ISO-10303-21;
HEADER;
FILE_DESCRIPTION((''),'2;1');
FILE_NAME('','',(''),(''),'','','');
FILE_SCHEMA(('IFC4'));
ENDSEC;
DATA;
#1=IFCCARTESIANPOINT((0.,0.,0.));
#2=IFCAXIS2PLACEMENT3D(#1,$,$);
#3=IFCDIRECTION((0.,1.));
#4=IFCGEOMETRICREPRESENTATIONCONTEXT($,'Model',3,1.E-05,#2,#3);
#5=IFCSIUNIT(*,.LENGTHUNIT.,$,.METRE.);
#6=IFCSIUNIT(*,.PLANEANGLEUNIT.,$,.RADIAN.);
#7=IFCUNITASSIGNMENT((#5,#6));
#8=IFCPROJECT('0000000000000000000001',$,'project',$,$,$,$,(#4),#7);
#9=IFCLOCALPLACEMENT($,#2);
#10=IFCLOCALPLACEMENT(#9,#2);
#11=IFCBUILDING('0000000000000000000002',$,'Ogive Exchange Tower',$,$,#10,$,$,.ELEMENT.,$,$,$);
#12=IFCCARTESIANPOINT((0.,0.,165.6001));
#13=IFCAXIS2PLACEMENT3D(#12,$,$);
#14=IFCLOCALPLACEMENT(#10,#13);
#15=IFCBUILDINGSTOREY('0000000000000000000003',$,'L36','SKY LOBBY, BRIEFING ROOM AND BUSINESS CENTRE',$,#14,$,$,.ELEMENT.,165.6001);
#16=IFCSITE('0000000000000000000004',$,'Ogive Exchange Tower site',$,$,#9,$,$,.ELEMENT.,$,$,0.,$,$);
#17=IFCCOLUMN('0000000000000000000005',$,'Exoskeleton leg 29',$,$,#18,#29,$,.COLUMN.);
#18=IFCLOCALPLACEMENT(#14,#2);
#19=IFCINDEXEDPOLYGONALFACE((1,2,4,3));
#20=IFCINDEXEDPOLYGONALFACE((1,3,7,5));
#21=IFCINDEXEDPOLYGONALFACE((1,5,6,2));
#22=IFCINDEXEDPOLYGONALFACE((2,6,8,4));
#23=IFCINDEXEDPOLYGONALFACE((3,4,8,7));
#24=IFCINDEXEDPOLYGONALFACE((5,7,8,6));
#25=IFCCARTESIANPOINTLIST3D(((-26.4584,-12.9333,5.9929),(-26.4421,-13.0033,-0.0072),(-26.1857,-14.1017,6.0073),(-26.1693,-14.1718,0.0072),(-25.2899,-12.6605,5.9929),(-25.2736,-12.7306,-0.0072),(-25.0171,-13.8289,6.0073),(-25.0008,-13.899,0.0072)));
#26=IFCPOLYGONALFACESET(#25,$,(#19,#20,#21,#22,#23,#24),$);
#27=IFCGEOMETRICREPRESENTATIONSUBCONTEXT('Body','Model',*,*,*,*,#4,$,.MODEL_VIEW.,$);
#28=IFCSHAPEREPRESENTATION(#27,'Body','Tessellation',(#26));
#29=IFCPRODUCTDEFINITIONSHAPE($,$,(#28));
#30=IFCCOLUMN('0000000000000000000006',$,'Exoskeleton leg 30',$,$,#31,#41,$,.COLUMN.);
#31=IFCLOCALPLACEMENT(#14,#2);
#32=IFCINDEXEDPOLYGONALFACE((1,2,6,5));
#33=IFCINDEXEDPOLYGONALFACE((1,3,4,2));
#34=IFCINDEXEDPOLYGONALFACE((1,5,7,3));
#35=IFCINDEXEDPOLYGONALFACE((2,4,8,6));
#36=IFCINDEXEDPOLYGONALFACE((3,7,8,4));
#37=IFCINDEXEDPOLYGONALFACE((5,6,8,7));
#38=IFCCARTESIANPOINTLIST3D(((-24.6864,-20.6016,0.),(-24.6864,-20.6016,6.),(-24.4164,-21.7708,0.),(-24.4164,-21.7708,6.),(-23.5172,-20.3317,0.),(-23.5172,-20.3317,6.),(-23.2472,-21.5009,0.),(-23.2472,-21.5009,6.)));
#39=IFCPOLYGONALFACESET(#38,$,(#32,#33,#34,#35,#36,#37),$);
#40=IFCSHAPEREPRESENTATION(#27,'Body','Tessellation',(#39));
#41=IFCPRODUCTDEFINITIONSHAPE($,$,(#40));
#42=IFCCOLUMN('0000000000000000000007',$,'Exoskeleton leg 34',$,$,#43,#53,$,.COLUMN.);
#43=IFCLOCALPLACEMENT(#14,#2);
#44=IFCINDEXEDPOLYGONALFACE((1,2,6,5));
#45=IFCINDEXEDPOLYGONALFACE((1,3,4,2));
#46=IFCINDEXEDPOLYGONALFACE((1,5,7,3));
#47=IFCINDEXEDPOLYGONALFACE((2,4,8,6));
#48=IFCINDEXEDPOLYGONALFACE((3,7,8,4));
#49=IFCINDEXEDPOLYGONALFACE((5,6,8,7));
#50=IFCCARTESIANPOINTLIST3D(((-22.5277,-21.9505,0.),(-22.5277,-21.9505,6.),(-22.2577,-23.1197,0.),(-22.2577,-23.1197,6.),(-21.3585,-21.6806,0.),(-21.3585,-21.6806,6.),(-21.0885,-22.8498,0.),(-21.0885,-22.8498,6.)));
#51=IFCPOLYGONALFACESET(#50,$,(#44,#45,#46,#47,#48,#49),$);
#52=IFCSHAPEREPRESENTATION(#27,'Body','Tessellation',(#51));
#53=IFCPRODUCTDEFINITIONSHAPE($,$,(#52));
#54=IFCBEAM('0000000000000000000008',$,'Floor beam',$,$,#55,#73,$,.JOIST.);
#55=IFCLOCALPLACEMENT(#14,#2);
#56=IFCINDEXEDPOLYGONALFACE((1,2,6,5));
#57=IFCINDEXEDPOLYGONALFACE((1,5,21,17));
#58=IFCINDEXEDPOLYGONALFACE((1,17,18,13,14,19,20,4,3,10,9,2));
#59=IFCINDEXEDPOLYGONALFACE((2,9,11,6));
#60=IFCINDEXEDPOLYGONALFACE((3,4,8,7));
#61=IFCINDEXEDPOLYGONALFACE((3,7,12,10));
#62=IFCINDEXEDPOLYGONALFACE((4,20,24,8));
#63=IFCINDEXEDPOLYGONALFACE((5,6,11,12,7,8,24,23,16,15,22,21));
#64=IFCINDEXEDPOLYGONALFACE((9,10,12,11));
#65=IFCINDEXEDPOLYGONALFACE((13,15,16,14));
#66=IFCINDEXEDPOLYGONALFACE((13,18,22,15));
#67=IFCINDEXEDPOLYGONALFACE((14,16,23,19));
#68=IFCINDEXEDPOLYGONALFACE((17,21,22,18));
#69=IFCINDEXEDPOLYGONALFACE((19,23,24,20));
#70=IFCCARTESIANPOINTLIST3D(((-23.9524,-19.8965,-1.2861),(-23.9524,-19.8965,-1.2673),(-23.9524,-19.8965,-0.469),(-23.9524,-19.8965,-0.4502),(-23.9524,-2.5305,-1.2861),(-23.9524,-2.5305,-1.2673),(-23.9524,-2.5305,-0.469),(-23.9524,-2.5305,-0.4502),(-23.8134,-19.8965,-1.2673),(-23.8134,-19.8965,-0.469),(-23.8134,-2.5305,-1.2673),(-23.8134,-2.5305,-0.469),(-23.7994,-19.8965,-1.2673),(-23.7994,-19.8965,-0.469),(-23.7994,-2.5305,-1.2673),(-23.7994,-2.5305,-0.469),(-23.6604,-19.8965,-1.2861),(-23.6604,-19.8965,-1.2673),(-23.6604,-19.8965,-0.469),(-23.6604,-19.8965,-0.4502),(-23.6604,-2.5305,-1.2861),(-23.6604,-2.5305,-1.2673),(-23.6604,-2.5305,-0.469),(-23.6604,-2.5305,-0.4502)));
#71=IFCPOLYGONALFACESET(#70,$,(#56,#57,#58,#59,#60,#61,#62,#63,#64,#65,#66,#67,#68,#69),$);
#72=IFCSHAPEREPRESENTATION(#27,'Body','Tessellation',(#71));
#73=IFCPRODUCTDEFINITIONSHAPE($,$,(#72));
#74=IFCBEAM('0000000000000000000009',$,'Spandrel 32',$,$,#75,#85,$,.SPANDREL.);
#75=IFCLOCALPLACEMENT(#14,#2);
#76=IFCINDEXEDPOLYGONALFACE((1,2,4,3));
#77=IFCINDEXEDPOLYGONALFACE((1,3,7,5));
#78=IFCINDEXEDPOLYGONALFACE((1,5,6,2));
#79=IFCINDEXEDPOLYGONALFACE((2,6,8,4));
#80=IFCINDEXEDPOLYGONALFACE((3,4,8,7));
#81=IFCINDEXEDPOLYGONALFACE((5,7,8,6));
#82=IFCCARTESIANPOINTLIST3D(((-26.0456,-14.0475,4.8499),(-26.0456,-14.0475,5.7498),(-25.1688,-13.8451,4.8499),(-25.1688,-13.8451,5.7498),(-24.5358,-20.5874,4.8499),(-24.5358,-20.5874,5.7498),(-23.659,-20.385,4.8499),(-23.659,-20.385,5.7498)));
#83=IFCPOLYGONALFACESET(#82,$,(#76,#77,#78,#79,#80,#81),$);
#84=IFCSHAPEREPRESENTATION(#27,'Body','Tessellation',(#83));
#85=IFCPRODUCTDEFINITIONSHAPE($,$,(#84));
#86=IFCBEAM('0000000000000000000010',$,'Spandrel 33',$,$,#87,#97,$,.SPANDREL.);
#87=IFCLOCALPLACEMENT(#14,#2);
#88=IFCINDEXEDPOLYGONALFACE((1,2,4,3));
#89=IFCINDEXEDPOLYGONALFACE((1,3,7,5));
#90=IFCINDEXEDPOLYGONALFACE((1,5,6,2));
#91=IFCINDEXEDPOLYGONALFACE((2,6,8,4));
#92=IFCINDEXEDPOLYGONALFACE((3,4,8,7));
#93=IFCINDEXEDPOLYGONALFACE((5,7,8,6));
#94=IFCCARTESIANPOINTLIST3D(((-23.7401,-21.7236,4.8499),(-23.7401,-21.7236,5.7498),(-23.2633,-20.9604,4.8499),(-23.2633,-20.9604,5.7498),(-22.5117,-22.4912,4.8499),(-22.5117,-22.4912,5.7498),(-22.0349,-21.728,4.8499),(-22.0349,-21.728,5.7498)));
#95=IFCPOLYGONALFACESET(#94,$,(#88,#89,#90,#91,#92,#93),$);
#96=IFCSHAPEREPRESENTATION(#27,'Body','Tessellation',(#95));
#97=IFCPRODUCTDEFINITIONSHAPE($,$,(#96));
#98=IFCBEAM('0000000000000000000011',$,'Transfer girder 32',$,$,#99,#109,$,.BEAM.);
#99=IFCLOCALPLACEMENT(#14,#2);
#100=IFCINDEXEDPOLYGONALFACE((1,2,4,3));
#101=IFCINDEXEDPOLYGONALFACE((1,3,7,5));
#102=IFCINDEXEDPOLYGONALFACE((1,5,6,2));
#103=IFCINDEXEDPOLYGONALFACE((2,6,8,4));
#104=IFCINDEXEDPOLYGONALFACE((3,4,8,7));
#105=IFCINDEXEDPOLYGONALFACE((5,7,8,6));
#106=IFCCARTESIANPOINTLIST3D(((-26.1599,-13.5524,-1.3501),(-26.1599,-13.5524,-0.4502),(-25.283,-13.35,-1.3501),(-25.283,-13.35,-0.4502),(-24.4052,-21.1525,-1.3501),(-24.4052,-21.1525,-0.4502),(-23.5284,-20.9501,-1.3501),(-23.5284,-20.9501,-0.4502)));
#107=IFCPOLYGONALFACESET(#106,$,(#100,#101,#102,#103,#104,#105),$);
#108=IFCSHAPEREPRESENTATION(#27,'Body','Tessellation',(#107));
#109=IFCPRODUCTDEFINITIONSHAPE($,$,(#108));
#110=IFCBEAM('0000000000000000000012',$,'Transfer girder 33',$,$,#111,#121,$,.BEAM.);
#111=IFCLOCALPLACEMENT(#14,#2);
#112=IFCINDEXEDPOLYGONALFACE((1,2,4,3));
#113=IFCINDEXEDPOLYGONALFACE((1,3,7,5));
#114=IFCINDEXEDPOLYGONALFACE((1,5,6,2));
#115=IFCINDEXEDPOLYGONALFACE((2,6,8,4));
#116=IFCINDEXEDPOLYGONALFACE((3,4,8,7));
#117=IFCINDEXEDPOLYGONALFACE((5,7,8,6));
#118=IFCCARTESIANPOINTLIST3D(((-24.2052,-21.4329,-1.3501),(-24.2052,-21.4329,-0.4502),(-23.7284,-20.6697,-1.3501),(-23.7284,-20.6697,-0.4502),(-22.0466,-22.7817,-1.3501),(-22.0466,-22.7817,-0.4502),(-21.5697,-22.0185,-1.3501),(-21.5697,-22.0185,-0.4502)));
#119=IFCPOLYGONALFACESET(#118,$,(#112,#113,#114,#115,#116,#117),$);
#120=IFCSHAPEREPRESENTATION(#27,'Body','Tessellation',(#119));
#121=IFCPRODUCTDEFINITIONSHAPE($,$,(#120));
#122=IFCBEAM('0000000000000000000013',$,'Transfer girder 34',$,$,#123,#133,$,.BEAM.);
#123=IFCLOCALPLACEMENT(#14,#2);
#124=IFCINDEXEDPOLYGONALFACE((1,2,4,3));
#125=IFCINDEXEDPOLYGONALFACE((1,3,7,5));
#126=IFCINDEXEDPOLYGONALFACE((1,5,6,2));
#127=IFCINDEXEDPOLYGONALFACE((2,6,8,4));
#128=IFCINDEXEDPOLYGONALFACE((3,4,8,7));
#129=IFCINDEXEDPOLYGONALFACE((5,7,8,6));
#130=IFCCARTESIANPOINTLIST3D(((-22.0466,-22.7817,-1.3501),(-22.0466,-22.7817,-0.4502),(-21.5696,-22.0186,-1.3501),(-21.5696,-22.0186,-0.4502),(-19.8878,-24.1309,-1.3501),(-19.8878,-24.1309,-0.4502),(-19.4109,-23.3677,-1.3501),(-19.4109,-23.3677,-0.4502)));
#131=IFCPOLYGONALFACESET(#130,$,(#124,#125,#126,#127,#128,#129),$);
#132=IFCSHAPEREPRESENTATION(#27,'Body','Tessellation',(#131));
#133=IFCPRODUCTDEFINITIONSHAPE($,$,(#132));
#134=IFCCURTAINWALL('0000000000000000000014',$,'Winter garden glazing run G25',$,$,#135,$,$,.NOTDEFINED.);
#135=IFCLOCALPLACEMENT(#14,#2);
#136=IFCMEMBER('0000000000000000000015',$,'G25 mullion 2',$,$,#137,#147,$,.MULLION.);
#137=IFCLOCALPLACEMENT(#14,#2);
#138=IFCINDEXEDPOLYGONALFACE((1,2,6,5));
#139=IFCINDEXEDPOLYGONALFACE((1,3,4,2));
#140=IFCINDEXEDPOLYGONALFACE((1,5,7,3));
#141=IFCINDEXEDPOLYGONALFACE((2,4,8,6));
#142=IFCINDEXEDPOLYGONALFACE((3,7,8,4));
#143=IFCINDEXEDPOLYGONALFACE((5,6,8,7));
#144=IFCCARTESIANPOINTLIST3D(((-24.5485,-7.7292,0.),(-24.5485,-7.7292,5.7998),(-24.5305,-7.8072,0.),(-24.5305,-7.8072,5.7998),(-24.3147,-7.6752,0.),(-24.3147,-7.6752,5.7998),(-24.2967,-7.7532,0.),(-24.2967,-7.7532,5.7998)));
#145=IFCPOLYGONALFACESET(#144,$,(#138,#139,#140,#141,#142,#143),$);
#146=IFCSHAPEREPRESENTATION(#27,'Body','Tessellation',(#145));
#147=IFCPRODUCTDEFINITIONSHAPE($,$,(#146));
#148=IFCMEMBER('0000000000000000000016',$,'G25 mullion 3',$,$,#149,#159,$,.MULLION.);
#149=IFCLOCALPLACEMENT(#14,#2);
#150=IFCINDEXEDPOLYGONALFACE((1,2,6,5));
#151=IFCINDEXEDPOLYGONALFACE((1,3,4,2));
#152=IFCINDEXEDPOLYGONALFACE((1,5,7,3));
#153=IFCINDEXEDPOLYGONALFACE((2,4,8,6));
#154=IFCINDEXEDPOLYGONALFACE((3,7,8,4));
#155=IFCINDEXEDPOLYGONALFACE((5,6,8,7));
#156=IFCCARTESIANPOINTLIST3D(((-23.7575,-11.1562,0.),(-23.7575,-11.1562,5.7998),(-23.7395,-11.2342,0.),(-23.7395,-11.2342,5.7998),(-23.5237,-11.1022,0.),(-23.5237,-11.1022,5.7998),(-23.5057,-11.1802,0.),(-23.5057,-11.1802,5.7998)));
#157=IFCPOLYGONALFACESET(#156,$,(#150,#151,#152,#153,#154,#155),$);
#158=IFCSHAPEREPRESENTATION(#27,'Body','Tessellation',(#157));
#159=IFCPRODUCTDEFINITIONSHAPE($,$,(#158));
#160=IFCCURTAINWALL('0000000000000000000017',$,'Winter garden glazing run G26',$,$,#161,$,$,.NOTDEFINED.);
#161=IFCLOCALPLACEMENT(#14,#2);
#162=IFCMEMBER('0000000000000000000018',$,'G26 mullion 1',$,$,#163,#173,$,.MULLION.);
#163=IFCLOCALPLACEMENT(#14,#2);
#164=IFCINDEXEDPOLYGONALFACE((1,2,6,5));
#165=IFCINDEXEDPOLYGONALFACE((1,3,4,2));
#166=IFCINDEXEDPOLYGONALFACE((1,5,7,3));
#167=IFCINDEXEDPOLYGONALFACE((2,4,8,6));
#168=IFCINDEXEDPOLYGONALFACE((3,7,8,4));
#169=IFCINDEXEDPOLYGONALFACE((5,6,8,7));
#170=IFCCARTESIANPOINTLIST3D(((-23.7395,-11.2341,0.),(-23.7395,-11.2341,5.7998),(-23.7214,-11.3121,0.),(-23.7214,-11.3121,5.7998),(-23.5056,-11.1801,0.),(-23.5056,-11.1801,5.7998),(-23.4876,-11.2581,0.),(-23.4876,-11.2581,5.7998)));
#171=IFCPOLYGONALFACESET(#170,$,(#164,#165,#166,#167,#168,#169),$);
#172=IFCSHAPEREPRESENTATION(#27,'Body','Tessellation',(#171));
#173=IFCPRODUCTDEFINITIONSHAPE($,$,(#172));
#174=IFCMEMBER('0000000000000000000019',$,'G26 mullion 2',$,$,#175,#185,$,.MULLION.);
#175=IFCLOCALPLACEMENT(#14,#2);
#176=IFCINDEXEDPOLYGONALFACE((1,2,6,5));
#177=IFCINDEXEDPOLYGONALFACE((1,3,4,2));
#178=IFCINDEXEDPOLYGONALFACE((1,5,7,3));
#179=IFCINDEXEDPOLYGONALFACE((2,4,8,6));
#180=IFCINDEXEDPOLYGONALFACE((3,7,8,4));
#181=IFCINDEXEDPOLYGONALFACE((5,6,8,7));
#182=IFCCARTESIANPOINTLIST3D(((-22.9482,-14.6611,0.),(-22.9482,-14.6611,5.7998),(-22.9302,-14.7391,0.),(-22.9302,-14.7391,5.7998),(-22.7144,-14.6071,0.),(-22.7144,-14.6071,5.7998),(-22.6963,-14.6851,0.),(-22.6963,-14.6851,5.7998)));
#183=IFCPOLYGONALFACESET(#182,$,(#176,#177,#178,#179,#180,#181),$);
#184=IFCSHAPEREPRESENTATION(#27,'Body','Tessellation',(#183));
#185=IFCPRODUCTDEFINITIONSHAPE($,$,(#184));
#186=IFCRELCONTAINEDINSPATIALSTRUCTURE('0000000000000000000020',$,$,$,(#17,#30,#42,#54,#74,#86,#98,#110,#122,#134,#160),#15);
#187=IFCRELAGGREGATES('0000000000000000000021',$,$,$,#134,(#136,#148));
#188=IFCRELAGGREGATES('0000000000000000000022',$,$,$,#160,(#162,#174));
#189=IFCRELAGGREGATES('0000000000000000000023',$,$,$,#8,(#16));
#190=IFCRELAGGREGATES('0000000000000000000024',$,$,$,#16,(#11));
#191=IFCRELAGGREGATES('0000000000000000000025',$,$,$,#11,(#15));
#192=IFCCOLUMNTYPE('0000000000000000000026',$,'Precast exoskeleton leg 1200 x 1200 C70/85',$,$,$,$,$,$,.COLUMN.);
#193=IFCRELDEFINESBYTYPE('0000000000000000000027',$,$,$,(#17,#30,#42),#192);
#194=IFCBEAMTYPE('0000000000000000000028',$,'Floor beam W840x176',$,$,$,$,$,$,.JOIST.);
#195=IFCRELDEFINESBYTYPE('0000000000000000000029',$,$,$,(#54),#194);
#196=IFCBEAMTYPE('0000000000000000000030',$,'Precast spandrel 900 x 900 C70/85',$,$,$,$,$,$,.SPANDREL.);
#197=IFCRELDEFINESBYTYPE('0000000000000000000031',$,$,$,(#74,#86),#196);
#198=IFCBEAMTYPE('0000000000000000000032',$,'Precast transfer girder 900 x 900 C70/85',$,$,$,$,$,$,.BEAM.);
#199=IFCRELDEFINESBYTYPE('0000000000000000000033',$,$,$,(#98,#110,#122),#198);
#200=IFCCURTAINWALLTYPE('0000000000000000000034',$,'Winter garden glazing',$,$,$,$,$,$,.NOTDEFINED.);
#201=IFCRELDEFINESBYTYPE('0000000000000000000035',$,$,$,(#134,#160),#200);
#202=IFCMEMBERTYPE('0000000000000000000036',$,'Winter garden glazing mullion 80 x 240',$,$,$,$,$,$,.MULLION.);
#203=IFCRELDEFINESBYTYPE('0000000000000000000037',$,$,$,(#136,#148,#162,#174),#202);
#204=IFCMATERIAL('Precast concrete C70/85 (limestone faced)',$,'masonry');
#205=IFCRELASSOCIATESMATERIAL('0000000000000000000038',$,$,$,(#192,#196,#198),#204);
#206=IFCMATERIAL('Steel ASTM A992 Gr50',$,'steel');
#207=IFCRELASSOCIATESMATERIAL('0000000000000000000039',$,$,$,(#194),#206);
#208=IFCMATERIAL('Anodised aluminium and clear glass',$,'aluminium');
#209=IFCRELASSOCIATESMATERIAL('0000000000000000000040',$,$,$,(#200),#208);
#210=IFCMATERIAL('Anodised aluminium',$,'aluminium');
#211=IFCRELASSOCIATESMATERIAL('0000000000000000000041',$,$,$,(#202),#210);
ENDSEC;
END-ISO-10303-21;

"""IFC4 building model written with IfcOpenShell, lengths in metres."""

from ifc_helpers import new_model, si_unit, direction, frame, origin, origin_2d, place, context, subcontext, project, spatial, rectangle, i_section, extrude, material, material_profile, profile_set, type_object, element, aggregate, save


model = new_model("IFC4")

# Units and contexts
model_context = context("Model", 3, precision=1e-05, world=origin(), true_north=direction((0.0, 1.0)))
body_context = subcontext(model_context, "Body", "Model", "MODEL_VIEW")
ifc_project = project(units=[si_unit("LENGTHUNIT", "METRE"), si_unit("PLANEANGLEUNIT", "RADIAN")], contexts=[model_context])

# Site, building, storey
site_placement = place(None, origin())
site = spatial("IfcSite", under=ifc_project, at=site_placement, Name="Ogive Exchange Tower site", CompositionType="ELEMENT", RefElevation=0.0)
building_placement = place(site_placement, origin())
building = spatial("IfcBuilding", under=site, at=building_placement, Name="Ogive Exchange Tower", CompositionType="ELEMENT")
storey_placement = place(building_placement, frame((0.0, 0.0, 165.6001)))
storey = spatial("IfcBuildingStorey", under=building, at=storey_placement, Name="L36", Description="SKY LOBBY, BRIEFING ROOM AND BUSINESS CENTRE", CompositionType="ELEMENT", Elevation=165.6001)

# Columns
ifc_material_1 = material(Name="Precast concrete C70/85 (limestone faced)", Category="masonry")
ifc_material_profile_1 = material_profile(ifc_material_1, rectangle(XDim=1.2, YDim=1.2, at=origin_2d()), Name="1200 x 1200")
ifc_profile_set_1 = profile_set([ifc_material_profile_1], Name="Precast concrete C70/85 (limestone faced)")
column_type = type_object("IfcColumnType", Name="Precast exoskeleton leg 1200 x 1200 C70/85", PredefinedType="COLUMN", material=ifc_profile_set_1)
column_placement = place(storey_placement, frame((-25.7214, -13.4512, 0.0), z_axis=(-0.002726, 0.011677, 0.999928), x_axis=(-0.973816, -0.227337, 0.0)))
element("IfcColumn", 1, at=column_placement, inside=storey, type_object=column_type, Name="Exoskeleton leg 29", PredefinedType="COLUMN", context=body_context, shape_type="SweptSolid", body=[
    extrude(rectangle(XDim=1.2, YDim=1.2, at=origin_2d()), origin(), (0.0, 0.0, 1.0), 6.0005),
])
for number, where, z_axis, x_axis, name in (
    (2, (-23.9668, -21.0513, 0.0), (0.0, 0.0, 1.0), (0.97437, 0.224951, 0.0), "Exoskeleton leg 30"),
    (3, (-21.8081, -22.4001, 0.0), (0.0, 0.0, 1.0), (0.97437, 0.224951, 0.0), "Exoskeleton leg 34"),
):
    element("IfcColumn", number, at=place(storey_placement, frame(where, z_axis=z_axis, x_axis=x_axis)), inside=storey, type_object=column_type, Name=name, PredefinedType="COLUMN", context=body_context, shape_type="SweptSolid", body=[
        extrude(rectangle(XDim=1.2, YDim=1.2, at=origin_2d()), origin(), (0.0, 0.0, 1.0), 6.0),
    ])

# Beams
ifc_material_2 = material(Name="Steel ASTM A992 Gr50", Category="steel")
ifc_material_profile_2 = material_profile(ifc_material_2, i_section(OverallWidth=0.292, OverallDepth=0.8359, WebThickness=0.0139, FlangeThickness=0.0188, at=origin_2d()), Name="W840x176")
ifc_profile_set_2 = profile_set([ifc_material_profile_2], Name="Steel ASTM A992 Gr50")
beam_type_1 = type_object("IfcBeamType", Name="Floor beam W840x176", PredefinedType="JOIST", material=ifc_profile_set_2)
beam_1_placement = place(storey_placement, frame((-23.8064, -19.8965, -0.8682), z_axis=(0.0, 1.0, 0.0), x_axis=(-1.0, 0.0, 0.0)))
element("IfcBeam", 4, at=beam_1_placement, inside=storey, type_object=beam_type_1, Name="Floor beam", PredefinedType="JOIST", context=body_context, shape_type="SweptSolid", body=[
    extrude(i_section(OverallWidth=0.292, OverallDepth=0.8359, WebThickness=0.0139, FlangeThickness=0.0188, at=origin_2d()), origin(), (0.0, 0.0, 1.0), 17.366),
])
ifc_material_profile_3 = material_profile(ifc_material_1, rectangle(XDim=0.8999, YDim=0.8999, at=origin_2d()), Name="900 x 900")
ifc_profile_set_3 = profile_set([ifc_material_profile_3], Name="Precast concrete C70/85 (limestone faced)")
beam_type_2 = type_object("IfcBeamType", Name="Precast spandrel 900 x 900 C70/85", PredefinedType="SPANDREL", material=ifc_profile_set_3)
beam_2_placement = place(storey_placement, frame((-25.6072, -13.9463, 5.2998), z_axis=(0.224942, -0.974372, 0.0), x_axis=(0.974372, 0.224942, 0.0)))
element("IfcBeam", 5, at=beam_2_placement, inside=storey, type_object=beam_type_2, Name="Spandrel 32", PredefinedType="SPANDREL", context=body_context, shape_type="SweptSolid", body=[
    extrude(rectangle(XDim=0.8999, YDim=0.8999, at=origin_2d()), origin(), (0.0, 0.0, 1.0), 6.7119),
])
beam_3_placement = place(storey_placement, frame((-23.5017, -21.342, 5.2998), z_axis=(0.848074, -0.529878, 0.0), x_axis=(0.529878, 0.848074, 0.0)))
element("IfcBeam", 6, at=beam_3_placement, inside=storey, type_object=beam_type_2, Name="Spandrel 33", PredefinedType="SPANDREL", context=body_context, shape_type="SweptSolid", body=[
    extrude(rectangle(XDim=0.8999, YDim=0.8999, at=origin_2d()), origin(), (0.0, 0.0, 1.0), 1.4485),
])
ifc_material_profile_4 = material_profile(ifc_material_1, rectangle(XDim=0.8999, YDim=0.8999, at=origin_2d()), Name="900 x 900")
ifc_profile_set_4 = profile_set([ifc_material_profile_4], Name="Precast concrete C70/85 (limestone faced)")
beam_type_3 = type_object("IfcBeamType", Name="Precast transfer girder 900 x 900 C70/85", PredefinedType="BEAM", material=ifc_profile_set_4)
beam_4_placement = place(storey_placement, frame((-25.7214, -13.4512, -0.9001), z_axis=(0.224953, -0.97437, 0.0), x_axis=(0.97437, 0.224953, 0.0)))
element("IfcBeam", 7, at=beam_4_placement, inside=storey, type_object=beam_type_3, Name="Transfer girder 32", PredefinedType="BEAM", context=body_context, shape_type="SweptSolid", body=[
    extrude(rectangle(XDim=0.8999, YDim=0.8999, at=origin_2d()), origin(), (0.0, 0.0, 1.0), 7.8),
])
beam_5_placement = place(storey_placement, frame((-23.9668, -21.0513, -0.9001), z_axis=(0.848052, -0.529913, 0.0), x_axis=(0.529913, 0.848052, 0.0)))
element("IfcBeam", 8, at=beam_5_placement, inside=storey, type_object=beam_type_3, Name="Transfer girder 33", PredefinedType="BEAM", context=body_context, shape_type="SweptSolid", body=[
    extrude(rectangle(XDim=0.8999, YDim=0.8999, at=origin_2d()), origin(), (0.0, 0.0, 1.0), 2.5454),
])
beam_6_placement = place(storey_placement, frame((-21.8081, -22.4001, -0.9001), z_axis=(0.848009, -0.529982, 0.0), x_axis=(0.529982, 0.848009, 0.0)))
element("IfcBeam", 9, at=beam_6_placement, inside=storey, type_object=beam_type_3, Name="Transfer girder 34", PredefinedType="BEAM", context=body_context, shape_type="SweptSolid", body=[
    extrude(rectangle(XDim=0.8999, YDim=0.8999, at=origin_2d()), origin(), (0.0, 0.0, 1.0), 2.5457),
])

# Curtain walls, members
ifc_material_3 = material(Name="Anodised aluminium and clear glass", Category="aluminium")
curtain_wall_type = type_object("IfcCurtainWallType", Name="Winter garden glazing", PredefinedType="NOTDEFINED", material=ifc_material_3)
curtain_wall_1_placement = place(storey_placement, origin())
curtain_wall_1 = element("IfcCurtainWall", 10, at=curtain_wall_1_placement, inside=storey, type_object=curtain_wall_type, Name="Winter garden glazing run G25", PredefinedType="NOTDEFINED")
ifc_material_4 = material(Name="Anodised aluminium", Category="aluminium")
ifc_material_profile_5 = material_profile(ifc_material_4, rectangle(XDim=0.24, YDim=0.0801, at=origin_2d()), Name="AL 80x240")
ifc_profile_set_5 = profile_set([ifc_material_profile_5], Name="Anodised aluminium")
member_type_1 = type_object("IfcMemberType", Name="Winter garden glazing mullion 80 x 240", PredefinedType="MULLION", material=ifc_profile_set_5)
member_1_placement = place(storey_placement, frame((-24.4226, -7.7412, 0.0), z_axis=(0.0, 0.0, 1.0), x_axis=(0.974372, 0.224944, 0.0)))
member_1 = element("IfcMember", 11, at=member_1_placement, type_object=member_type_1, Name="G25 mullion 2", PredefinedType="MULLION", context=body_context, shape_type="SweptSolid", body=[
    extrude(rectangle(XDim=0.24, YDim=0.0801, at=origin_2d()), origin(), (0.0, 0.0, 1.0), 5.7998),
])
member_2_placement = place(storey_placement, frame((-23.6316, -11.1682, 0.0), z_axis=(0.0, 0.0, 1.0), x_axis=(0.974372, 0.224944, 0.0)))
member_2 = element("IfcMember", 12, at=member_2_placement, type_object=member_type_1, Name="G25 mullion 3", PredefinedType="MULLION", context=body_context, shape_type="SweptSolid", body=[
    extrude(rectangle(XDim=0.24, YDim=0.0801, at=origin_2d()), origin(), (0.0, 0.0, 1.0), 5.7998),
])
curtain_wall_2_placement = place(storey_placement, origin())
curtain_wall_2 = element("IfcCurtainWall", 13, at=curtain_wall_2_placement, inside=storey, type_object=curtain_wall_type, Name="Winter garden glazing run G26", PredefinedType="NOTDEFINED")
member_3_placement = place(storey_placement, frame((-23.6135, -11.2461, 0.0), z_axis=(0.0, 0.0, 1.0), x_axis=(0.974369, 0.224954, 0.0)))
member_3 = element("IfcMember", 14, at=member_3_placement, type_object=member_type_1, Name="G26 mullion 1", PredefinedType="MULLION", context=body_context, shape_type="SweptSolid", body=[
    extrude(rectangle(XDim=0.24, YDim=0.0801, at=origin_2d()), origin(), (0.0, 0.0, 1.0), 5.7998),
])
member_4_placement = place(storey_placement, frame((-22.8223, -14.6731, 0.0), z_axis=(0.0, 0.0, 1.0), x_axis=(0.974369, 0.224954, 0.0)))
member_4 = element("IfcMember", 15, at=member_4_placement, type_object=member_type_1, Name="G26 mullion 2", PredefinedType="MULLION", context=body_context, shape_type="SweptSolid", body=[
    extrude(rectangle(XDim=0.24, YDim=0.0801, at=origin_2d()), origin(), (0.0, 0.0, 1.0), 5.7998),
])

aggregate(curtain_wall_1, [member_1, member_2])
aggregate(curtain_wall_2, [member_3, member_4])

save(model, "model.ifc")
